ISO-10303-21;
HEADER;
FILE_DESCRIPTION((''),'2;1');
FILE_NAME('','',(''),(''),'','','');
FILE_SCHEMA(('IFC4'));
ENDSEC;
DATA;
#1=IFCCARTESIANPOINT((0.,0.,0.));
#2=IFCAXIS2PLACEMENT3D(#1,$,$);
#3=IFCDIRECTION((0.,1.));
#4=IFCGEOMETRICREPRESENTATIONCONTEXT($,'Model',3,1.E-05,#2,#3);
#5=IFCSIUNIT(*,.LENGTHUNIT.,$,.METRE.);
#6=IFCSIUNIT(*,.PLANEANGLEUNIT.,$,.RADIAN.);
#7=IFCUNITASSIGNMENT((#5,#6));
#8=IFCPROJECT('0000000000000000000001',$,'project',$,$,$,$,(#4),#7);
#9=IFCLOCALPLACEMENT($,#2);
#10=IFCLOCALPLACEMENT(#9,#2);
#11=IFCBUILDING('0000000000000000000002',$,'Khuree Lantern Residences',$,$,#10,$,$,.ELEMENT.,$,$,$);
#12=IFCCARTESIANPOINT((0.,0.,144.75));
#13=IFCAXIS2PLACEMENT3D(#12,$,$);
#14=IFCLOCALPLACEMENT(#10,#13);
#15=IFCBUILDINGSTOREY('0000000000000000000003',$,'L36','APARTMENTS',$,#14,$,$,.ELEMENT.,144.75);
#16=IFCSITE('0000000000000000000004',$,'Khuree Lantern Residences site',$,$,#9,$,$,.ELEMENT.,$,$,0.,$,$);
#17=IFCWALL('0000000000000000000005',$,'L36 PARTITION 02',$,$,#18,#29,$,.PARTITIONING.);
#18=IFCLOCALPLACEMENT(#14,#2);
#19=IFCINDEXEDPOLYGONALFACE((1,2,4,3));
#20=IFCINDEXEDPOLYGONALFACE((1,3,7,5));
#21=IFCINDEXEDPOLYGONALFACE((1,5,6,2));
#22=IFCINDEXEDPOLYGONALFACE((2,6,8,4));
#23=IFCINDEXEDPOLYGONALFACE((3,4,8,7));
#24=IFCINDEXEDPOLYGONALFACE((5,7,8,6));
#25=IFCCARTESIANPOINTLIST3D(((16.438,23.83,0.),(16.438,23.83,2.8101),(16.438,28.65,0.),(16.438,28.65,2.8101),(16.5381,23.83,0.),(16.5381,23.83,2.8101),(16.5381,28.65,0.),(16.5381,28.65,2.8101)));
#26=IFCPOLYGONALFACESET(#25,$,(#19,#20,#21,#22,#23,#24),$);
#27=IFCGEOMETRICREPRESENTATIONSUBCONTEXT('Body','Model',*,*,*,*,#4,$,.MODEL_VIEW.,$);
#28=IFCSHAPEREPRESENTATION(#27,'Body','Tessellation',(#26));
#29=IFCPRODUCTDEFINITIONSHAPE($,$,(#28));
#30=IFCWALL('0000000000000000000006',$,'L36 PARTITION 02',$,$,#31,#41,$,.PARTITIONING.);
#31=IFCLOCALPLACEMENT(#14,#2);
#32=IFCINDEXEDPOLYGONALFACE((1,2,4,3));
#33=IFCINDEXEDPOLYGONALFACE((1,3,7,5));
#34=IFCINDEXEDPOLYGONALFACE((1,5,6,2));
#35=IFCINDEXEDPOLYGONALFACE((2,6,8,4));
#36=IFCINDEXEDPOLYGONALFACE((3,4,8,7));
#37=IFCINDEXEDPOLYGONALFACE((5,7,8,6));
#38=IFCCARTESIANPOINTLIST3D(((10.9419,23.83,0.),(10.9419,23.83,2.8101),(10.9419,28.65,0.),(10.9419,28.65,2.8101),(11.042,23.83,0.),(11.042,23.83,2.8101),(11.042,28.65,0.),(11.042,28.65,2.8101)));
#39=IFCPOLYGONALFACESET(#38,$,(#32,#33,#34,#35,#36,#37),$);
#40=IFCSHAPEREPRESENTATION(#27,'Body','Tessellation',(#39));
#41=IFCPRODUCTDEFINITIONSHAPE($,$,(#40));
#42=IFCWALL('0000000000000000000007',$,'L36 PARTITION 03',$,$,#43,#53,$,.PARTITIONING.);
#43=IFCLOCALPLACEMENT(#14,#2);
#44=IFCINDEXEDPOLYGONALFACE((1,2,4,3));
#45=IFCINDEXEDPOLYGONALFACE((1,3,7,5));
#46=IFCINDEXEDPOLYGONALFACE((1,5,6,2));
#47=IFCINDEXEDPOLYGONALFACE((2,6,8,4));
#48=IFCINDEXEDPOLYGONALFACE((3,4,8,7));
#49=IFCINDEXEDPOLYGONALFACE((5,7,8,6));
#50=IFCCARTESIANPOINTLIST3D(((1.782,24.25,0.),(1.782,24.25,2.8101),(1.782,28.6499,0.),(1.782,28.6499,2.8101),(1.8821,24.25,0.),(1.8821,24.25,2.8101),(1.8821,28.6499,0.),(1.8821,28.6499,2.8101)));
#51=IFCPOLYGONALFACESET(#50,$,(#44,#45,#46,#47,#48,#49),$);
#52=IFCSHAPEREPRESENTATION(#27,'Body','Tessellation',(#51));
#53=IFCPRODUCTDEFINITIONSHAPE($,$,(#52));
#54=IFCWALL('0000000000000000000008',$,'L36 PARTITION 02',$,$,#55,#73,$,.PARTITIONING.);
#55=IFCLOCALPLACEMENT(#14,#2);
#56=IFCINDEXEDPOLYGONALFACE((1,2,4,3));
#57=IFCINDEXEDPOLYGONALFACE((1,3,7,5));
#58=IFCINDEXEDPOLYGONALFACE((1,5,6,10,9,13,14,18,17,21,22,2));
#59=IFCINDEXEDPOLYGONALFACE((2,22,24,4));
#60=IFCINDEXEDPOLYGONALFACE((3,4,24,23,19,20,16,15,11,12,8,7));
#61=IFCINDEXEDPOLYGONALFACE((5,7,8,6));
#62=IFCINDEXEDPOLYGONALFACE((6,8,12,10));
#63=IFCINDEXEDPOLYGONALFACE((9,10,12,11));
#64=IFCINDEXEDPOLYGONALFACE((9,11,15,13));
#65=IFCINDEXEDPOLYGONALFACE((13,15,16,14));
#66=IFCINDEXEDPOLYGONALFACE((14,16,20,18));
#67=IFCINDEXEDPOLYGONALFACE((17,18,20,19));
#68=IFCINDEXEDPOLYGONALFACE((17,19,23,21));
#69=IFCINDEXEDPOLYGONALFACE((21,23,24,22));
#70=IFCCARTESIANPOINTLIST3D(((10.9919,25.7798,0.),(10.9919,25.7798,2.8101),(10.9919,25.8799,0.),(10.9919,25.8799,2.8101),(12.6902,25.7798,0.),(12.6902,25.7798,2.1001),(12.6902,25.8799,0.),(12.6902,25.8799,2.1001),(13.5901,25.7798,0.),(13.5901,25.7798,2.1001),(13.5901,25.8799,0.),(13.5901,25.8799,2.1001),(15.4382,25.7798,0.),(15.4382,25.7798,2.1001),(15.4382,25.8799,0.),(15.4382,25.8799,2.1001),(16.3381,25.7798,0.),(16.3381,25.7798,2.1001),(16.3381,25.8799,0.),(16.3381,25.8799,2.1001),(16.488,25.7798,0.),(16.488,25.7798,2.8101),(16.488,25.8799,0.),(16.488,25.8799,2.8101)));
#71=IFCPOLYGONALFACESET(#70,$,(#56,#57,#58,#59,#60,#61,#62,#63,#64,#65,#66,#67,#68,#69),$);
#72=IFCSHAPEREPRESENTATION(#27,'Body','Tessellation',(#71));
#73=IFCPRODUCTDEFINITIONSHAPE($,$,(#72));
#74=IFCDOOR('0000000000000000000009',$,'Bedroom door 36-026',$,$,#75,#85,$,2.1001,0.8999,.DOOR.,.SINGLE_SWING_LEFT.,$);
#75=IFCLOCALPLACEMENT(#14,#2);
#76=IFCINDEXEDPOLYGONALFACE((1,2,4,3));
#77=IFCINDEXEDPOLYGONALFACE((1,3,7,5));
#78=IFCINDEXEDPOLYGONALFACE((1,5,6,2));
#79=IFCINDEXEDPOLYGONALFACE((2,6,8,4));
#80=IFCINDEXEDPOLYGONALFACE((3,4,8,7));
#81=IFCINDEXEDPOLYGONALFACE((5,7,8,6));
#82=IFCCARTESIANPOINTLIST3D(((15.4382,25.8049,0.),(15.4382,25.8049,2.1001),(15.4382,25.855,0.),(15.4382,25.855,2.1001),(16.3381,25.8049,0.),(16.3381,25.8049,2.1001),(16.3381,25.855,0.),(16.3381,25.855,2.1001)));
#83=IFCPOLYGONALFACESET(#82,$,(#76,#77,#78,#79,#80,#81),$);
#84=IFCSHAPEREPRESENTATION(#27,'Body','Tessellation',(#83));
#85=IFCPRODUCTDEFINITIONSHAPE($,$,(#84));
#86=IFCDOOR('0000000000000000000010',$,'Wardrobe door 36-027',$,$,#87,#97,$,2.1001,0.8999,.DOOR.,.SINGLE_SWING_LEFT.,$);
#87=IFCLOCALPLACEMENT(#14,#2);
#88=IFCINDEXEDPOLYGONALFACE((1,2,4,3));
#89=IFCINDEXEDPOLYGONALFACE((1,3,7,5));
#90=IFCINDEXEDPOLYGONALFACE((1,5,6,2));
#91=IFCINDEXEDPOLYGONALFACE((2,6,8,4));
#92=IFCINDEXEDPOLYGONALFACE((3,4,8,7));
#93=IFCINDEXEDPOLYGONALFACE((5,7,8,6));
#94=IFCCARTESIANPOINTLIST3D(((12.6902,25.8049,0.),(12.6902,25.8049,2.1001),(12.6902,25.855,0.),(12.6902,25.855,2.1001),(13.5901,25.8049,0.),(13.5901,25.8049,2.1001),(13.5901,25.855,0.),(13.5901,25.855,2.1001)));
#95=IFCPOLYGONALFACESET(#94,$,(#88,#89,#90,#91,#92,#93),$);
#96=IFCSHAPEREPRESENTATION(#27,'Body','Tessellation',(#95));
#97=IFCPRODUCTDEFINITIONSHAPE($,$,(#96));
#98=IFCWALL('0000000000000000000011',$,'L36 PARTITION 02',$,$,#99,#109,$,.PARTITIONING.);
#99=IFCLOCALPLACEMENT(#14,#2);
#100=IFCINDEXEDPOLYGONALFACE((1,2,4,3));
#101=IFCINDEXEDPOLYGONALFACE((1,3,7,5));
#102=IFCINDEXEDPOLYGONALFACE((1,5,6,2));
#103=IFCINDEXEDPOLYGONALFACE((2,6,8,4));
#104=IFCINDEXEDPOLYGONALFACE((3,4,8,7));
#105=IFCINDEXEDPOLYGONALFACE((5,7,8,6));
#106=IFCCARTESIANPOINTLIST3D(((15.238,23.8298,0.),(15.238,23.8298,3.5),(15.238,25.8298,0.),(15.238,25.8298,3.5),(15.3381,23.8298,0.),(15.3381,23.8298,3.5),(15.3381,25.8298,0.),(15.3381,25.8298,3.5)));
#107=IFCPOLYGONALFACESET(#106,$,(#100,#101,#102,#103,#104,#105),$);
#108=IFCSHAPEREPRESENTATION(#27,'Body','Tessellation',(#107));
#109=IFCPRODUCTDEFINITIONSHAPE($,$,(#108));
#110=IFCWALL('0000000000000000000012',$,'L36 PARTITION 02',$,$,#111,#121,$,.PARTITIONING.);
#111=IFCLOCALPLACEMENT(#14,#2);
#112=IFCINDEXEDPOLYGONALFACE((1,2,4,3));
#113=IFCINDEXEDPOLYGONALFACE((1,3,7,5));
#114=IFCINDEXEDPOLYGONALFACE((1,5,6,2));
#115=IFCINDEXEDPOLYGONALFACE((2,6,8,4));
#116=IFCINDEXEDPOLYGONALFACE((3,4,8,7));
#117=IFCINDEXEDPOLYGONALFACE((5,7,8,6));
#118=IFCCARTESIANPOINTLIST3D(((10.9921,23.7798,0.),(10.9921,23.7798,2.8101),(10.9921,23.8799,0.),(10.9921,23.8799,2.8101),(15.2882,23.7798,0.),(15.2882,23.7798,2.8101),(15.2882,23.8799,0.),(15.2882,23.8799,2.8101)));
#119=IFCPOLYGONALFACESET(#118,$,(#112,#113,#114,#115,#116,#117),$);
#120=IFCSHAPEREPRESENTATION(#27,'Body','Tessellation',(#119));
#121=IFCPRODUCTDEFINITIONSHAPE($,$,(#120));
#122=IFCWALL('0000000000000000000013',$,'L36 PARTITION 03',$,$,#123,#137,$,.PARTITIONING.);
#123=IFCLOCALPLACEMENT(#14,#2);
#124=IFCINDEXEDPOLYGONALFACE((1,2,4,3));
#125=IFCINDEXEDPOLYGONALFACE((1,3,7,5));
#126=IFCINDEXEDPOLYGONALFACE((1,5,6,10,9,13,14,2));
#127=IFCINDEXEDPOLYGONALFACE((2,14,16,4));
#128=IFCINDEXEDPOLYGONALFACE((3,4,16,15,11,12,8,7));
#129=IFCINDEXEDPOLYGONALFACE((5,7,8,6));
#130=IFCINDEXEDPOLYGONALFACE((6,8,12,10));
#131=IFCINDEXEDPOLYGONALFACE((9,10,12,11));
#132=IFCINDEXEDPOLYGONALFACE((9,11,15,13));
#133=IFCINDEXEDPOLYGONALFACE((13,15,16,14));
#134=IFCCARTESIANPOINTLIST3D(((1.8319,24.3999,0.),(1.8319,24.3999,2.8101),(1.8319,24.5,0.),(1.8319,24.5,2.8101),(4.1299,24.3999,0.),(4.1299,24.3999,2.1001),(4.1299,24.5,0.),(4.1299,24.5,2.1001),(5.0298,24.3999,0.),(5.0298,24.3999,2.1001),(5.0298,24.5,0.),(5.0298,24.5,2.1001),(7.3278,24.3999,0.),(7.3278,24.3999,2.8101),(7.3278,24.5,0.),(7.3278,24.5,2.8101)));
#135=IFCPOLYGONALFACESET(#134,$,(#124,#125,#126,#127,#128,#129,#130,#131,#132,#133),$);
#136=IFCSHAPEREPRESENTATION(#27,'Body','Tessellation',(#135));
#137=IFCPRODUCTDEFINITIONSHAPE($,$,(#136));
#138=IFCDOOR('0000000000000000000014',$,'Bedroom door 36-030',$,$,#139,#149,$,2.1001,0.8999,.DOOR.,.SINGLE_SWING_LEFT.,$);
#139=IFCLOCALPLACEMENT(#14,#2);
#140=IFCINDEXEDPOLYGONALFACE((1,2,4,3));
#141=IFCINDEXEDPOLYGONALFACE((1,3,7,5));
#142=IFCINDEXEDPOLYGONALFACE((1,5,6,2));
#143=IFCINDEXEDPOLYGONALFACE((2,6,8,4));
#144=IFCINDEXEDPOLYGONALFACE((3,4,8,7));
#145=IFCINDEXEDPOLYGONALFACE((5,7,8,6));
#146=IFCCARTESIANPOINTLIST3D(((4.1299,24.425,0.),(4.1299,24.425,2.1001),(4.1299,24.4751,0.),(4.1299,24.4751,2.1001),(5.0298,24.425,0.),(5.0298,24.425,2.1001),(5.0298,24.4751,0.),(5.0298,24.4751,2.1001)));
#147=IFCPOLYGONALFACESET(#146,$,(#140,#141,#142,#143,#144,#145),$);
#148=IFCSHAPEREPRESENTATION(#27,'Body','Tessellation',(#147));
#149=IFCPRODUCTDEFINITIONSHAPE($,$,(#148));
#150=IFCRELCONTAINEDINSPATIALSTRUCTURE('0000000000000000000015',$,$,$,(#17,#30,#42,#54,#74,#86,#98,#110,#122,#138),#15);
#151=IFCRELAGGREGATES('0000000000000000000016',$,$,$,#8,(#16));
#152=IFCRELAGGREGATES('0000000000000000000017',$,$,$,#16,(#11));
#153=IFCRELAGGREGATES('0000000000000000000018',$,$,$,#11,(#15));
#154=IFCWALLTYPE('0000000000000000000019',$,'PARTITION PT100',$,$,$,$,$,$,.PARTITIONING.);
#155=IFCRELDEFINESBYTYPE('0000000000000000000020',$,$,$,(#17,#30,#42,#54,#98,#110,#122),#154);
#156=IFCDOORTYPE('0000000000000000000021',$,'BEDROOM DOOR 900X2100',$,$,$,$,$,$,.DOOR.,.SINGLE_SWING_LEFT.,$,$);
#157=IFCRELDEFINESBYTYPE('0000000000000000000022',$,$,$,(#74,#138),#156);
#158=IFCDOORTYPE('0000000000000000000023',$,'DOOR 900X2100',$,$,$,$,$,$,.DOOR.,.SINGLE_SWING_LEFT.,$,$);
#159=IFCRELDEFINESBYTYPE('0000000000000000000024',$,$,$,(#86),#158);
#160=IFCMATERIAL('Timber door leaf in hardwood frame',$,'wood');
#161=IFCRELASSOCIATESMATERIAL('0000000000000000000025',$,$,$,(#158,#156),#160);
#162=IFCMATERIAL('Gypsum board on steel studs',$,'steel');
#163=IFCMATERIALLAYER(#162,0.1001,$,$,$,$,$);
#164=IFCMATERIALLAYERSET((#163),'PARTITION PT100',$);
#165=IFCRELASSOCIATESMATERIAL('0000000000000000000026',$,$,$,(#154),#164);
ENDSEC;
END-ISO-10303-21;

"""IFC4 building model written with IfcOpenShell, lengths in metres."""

from ifc_helpers import new_model, si_unit, direction, frame, frame_2d, origin, place, context, subcontext, project, spatial, rectangle, extrude, material, layer, layer_set, type_object, element, fill, save


model = new_model("IFC4")

# Units and contexts
model_context = context("Model", 3, precision=1e-05, world=origin(), true_north=direction((0.0, 1.0)))
body_context = subcontext(model_context, "Body", "Model", "MODEL_VIEW")
ifc_project = project(units=[si_unit("LENGTHUNIT", "METRE"), si_unit("PLANEANGLEUNIT", "RADIAN")], contexts=[model_context])

# Site, building, storey
site_placement = place(None, origin())
site = spatial("IfcSite", under=ifc_project, at=site_placement, Name="Khuree Lantern Residences site", CompositionType="ELEMENT", RefElevation=0.0)
building_placement = place(site_placement, origin())
building = spatial("IfcBuilding", under=site, at=building_placement, Name="Khuree Lantern Residences", CompositionType="ELEMENT")
storey_placement = place(building_placement, frame((0.0, 0.0, 144.75)))
storey = spatial("IfcBuildingStorey", under=building, at=storey_placement, Name="L36", Description="APARTMENTS", CompositionType="ELEMENT", Elevation=144.75)

# Shared definitions
ifc_material_1 = material(Name="Timber door leaf in hardwood frame", Category="wood")
door_type_1 = type_object("IfcDoorType", Name="DOOR 900X2100", OperationType="SINGLE_SWING_LEFT", PredefinedType="DOOR", material=ifc_material_1)

# Walls
ifc_material_2 = material(Name="Gypsum board on steel studs", Category="steel")
ifc_layer_1 = layer(ifc_material_2, 0.1001)
ifc_layer_set_1 = layer_set([ifc_layer_1], Name="PARTITION PT100")
wall_type_1 = type_object("IfcWallType", Name="PARTITION PT100", PredefinedType="PARTITIONING", material=ifc_layer_set_1)
for number, where, z_axis, x_axis, name in (
    (1, (16.488, 23.8298, 0.0), (0.0, 0.0, 1.0), (0.0, 1.0, 0.0), "L36 PARTITION 02"),
    (2, (10.9919, 23.8298, 0.0), (0.0, 0.0, 1.0), (0.0, 1.0, 0.0), "L36 PARTITION 02"),
):
    element("IfcWall", number, at=place(storey_placement, frame(where, z_axis=z_axis, x_axis=x_axis)), inside=storey, type_object=wall_type_1, Name=name, PredefinedType="PARTITIONING", context=body_context, shape_type="SweptSolid", body=[
        extrude(rectangle(XDim=4.8201, YDim=0.1001, at=frame_2d((2.4102, 0.0))), origin(), (0.0, 0.0, 1.0), 2.8101),
    ])
wall_1_placement = place(storey_placement, frame((1.832, 24.25, 0.0), z_axis=(0.0, 0.0, 1.0), x_axis=(0.0, 1.0, 0.0)))
element("IfcWall", 3, at=wall_1_placement, inside=storey, type_object=wall_type_1, Name="L36 PARTITION 03", PredefinedType="PARTITIONING", context=body_context, shape_type="SweptSolid", body=[
    extrude(rectangle(XDim=4.3999, YDim=0.1001, at=frame_2d((2.2, 0.0))), origin(), (0.0, 0.0, 1.0), 2.8101),
])

# Wall, openings, doors
wall_2_placement = place(storey_placement, frame((16.488, 25.8298, 0.0), z_axis=(0.0, 0.0, 1.0), x_axis=(-1.0, 0.0, 0.0)))
wall_2 = element("IfcWall", 4, at=wall_2_placement, inside=storey, type_object=wall_type_1, Name="L36 PARTITION 02", PredefinedType="PARTITIONING", context=body_context, shape_type="SweptSolid", body=[
    extrude(rectangle(XDim=5.4961, YDim=0.1001, at=frame_2d((2.748, 0.0))), origin(), (0.0, 0.0, 1.0), 2.8101),
])
opening_1_placement = place(wall_2_placement, frame((0.1499, 0.0, 0.0)))
opening_1 = element("IfcOpeningElement", 5, at=opening_1_placement, cuts=wall_2, PredefinedType="OPENING", context=body_context, shape_type="SweptSolid", body=[
    extrude(rectangle(XDim=0.8999, YDim=2.1001, at=frame_2d((0.45, 1.05))), frame((0.0, 0.0601, 0.0), z_axis=(0.0, -1.0, 0.0), x_axis=(1.0, 0.0, 0.0)), (0.0, 0.0, 1.0), 0.1201),
])
opening_2_placement = place(wall_2_placement, frame((2.8979, 0.0, 0.0)))
opening_2 = element("IfcOpeningElement", 6, at=opening_2_placement, cuts=wall_2, PredefinedType="OPENING", context=body_context, shape_type="SweptSolid", body=[
    extrude(rectangle(XDim=0.8999, YDim=2.1001, at=frame_2d((0.45, 1.05))), frame((0.0, 0.0601, 0.0), z_axis=(0.0, -1.0, 0.0), x_axis=(1.0, 0.0, 0.0)), (0.0, 0.0, 1.0), 0.1201),
])
door_type_2 = type_object("IfcDoorType", Name="BEDROOM DOOR 900X2100", OperationType="SINGLE_SWING_LEFT", PredefinedType="DOOR", material=ifc_material_1)
door_1_placement = place(opening_1_placement, origin())
door_1 = element("IfcDoor", 7, at=door_1_placement, inside=storey, type_object=door_type_2, Name="Bedroom door 36-026", OperationType="SINGLE_SWING_LEFT", OverallHeight=2.1001, OverallWidth=0.8999, PredefinedType="DOOR", context=body_context, shape_type="SweptSolid", body=[
    extrude(rectangle(XDim=0.8999, YDim=2.1001, at=frame_2d((0.45, 1.05))), frame((0.0, 0.0249, 0.0), z_axis=(0.0, -1.0, 0.0), x_axis=(1.0, 0.0, 0.0)), (0.0, 0.0, 1.0), 0.05),
])
fill(opening_1, door_1)
door_2_placement = place(opening_2_placement, origin())
door_2 = element("IfcDoor", 8, at=door_2_placement, inside=storey, type_object=door_type_1, Name="Wardrobe door 36-027", OperationType="SINGLE_SWING_LEFT", OverallHeight=2.1001, OverallWidth=0.8999, PredefinedType="DOOR", context=body_context, shape_type="SweptSolid", body=[
    extrude(rectangle(XDim=0.8999, YDim=2.1001, at=frame_2d((0.45, 1.05))), frame((0.0, 0.0249, 0.0), z_axis=(0.0, -1.0, 0.0), x_axis=(1.0, 0.0, 0.0)), (0.0, 0.0, 1.0), 0.05),
])
fill(opening_2, door_2)

# Walls
wall_3_placement = place(storey_placement, frame((15.2881, 23.8298, 0.0), z_axis=(0.0, 0.0, 1.0), x_axis=(0.0, 1.0, 0.0)))
element("IfcWall", 9, at=wall_3_placement, inside=storey, type_object=wall_type_1, Name="L36 PARTITION 02", PredefinedType="PARTITIONING", context=body_context, shape_type="SweptSolid", body=[
    extrude(rectangle(XDim=2.0, YDim=0.1001, at=frame_2d((1.0, 0.0))), origin(), (0.0, 0.0, 1.0), 3.5),
])
wall_4_placement = place(storey_placement, frame((15.2881, 23.8298, 0.0), z_axis=(0.0, 0.0, 1.0), x_axis=(-1.0, 0.0, 0.0)))
element("IfcWall", 10, at=wall_4_placement, inside=storey, type_object=wall_type_1, Name="L36 PARTITION 02", PredefinedType="PARTITIONING", context=body_context, shape_type="SweptSolid", body=[
    extrude(rectangle(XDim=4.2961, YDim=0.1001, at=frame_2d((2.1479, 0.0))), origin(), (0.0, 0.0, 1.0), 2.8101),
])

# Wall, opening, door
wall_5_placement = place(storey_placement, frame((7.3279, 24.45, 0.0), z_axis=(0.0, 0.0, 1.0), x_axis=(-1.0, 0.0, 0.0)))
wall_5 = element("IfcWall", 11, at=wall_5_placement, inside=storey, type_object=wall_type_1, Name="L36 PARTITION 03", PredefinedType="PARTITIONING", context=body_context, shape_type="SweptSolid", body=[
    extrude(rectangle(XDim=5.4958, YDim=0.1001, at=frame_2d((2.748, 0.0))), origin(), (0.0, 0.0, 1.0), 2.8101),
])
opening_3_placement = place(wall_5_placement, frame((2.2981, 0.0, 0.0)))
opening_3 = element("IfcOpeningElement", 12, at=opening_3_placement, cuts=wall_5, PredefinedType="OPENING", context=body_context, shape_type="SweptSolid", body=[
    extrude(rectangle(XDim=0.8999, YDim=2.1001, at=frame_2d((0.45, 1.05))), frame((0.0, 0.0601, 0.0), z_axis=(0.0, -1.0, 0.0), x_axis=(1.0, 0.0, 0.0)), (0.0, 0.0, 1.0), 0.1201),
])
door_3_placement = place(opening_3_placement, origin())
door_3 = element("IfcDoor", 13, at=door_3_placement, inside=storey, type_object=door_type_2, Name="Bedroom door 36-030", OperationType="SINGLE_SWING_LEFT", OverallHeight=2.1001, OverallWidth=0.8999, PredefinedType="DOOR", context=body_context, shape_type="SweptSolid", body=[
    extrude(rectangle(XDim=0.8999, YDim=2.1001, at=frame_2d((0.45, 1.05))), frame((0.0, 0.0249, 0.0), z_axis=(0.0, -1.0, 0.0), x_axis=(1.0, 0.0, 0.0)), (0.0, 0.0, 1.0), 0.05),
])
fill(opening_3, door_3)

save(model, "model.ifc")
